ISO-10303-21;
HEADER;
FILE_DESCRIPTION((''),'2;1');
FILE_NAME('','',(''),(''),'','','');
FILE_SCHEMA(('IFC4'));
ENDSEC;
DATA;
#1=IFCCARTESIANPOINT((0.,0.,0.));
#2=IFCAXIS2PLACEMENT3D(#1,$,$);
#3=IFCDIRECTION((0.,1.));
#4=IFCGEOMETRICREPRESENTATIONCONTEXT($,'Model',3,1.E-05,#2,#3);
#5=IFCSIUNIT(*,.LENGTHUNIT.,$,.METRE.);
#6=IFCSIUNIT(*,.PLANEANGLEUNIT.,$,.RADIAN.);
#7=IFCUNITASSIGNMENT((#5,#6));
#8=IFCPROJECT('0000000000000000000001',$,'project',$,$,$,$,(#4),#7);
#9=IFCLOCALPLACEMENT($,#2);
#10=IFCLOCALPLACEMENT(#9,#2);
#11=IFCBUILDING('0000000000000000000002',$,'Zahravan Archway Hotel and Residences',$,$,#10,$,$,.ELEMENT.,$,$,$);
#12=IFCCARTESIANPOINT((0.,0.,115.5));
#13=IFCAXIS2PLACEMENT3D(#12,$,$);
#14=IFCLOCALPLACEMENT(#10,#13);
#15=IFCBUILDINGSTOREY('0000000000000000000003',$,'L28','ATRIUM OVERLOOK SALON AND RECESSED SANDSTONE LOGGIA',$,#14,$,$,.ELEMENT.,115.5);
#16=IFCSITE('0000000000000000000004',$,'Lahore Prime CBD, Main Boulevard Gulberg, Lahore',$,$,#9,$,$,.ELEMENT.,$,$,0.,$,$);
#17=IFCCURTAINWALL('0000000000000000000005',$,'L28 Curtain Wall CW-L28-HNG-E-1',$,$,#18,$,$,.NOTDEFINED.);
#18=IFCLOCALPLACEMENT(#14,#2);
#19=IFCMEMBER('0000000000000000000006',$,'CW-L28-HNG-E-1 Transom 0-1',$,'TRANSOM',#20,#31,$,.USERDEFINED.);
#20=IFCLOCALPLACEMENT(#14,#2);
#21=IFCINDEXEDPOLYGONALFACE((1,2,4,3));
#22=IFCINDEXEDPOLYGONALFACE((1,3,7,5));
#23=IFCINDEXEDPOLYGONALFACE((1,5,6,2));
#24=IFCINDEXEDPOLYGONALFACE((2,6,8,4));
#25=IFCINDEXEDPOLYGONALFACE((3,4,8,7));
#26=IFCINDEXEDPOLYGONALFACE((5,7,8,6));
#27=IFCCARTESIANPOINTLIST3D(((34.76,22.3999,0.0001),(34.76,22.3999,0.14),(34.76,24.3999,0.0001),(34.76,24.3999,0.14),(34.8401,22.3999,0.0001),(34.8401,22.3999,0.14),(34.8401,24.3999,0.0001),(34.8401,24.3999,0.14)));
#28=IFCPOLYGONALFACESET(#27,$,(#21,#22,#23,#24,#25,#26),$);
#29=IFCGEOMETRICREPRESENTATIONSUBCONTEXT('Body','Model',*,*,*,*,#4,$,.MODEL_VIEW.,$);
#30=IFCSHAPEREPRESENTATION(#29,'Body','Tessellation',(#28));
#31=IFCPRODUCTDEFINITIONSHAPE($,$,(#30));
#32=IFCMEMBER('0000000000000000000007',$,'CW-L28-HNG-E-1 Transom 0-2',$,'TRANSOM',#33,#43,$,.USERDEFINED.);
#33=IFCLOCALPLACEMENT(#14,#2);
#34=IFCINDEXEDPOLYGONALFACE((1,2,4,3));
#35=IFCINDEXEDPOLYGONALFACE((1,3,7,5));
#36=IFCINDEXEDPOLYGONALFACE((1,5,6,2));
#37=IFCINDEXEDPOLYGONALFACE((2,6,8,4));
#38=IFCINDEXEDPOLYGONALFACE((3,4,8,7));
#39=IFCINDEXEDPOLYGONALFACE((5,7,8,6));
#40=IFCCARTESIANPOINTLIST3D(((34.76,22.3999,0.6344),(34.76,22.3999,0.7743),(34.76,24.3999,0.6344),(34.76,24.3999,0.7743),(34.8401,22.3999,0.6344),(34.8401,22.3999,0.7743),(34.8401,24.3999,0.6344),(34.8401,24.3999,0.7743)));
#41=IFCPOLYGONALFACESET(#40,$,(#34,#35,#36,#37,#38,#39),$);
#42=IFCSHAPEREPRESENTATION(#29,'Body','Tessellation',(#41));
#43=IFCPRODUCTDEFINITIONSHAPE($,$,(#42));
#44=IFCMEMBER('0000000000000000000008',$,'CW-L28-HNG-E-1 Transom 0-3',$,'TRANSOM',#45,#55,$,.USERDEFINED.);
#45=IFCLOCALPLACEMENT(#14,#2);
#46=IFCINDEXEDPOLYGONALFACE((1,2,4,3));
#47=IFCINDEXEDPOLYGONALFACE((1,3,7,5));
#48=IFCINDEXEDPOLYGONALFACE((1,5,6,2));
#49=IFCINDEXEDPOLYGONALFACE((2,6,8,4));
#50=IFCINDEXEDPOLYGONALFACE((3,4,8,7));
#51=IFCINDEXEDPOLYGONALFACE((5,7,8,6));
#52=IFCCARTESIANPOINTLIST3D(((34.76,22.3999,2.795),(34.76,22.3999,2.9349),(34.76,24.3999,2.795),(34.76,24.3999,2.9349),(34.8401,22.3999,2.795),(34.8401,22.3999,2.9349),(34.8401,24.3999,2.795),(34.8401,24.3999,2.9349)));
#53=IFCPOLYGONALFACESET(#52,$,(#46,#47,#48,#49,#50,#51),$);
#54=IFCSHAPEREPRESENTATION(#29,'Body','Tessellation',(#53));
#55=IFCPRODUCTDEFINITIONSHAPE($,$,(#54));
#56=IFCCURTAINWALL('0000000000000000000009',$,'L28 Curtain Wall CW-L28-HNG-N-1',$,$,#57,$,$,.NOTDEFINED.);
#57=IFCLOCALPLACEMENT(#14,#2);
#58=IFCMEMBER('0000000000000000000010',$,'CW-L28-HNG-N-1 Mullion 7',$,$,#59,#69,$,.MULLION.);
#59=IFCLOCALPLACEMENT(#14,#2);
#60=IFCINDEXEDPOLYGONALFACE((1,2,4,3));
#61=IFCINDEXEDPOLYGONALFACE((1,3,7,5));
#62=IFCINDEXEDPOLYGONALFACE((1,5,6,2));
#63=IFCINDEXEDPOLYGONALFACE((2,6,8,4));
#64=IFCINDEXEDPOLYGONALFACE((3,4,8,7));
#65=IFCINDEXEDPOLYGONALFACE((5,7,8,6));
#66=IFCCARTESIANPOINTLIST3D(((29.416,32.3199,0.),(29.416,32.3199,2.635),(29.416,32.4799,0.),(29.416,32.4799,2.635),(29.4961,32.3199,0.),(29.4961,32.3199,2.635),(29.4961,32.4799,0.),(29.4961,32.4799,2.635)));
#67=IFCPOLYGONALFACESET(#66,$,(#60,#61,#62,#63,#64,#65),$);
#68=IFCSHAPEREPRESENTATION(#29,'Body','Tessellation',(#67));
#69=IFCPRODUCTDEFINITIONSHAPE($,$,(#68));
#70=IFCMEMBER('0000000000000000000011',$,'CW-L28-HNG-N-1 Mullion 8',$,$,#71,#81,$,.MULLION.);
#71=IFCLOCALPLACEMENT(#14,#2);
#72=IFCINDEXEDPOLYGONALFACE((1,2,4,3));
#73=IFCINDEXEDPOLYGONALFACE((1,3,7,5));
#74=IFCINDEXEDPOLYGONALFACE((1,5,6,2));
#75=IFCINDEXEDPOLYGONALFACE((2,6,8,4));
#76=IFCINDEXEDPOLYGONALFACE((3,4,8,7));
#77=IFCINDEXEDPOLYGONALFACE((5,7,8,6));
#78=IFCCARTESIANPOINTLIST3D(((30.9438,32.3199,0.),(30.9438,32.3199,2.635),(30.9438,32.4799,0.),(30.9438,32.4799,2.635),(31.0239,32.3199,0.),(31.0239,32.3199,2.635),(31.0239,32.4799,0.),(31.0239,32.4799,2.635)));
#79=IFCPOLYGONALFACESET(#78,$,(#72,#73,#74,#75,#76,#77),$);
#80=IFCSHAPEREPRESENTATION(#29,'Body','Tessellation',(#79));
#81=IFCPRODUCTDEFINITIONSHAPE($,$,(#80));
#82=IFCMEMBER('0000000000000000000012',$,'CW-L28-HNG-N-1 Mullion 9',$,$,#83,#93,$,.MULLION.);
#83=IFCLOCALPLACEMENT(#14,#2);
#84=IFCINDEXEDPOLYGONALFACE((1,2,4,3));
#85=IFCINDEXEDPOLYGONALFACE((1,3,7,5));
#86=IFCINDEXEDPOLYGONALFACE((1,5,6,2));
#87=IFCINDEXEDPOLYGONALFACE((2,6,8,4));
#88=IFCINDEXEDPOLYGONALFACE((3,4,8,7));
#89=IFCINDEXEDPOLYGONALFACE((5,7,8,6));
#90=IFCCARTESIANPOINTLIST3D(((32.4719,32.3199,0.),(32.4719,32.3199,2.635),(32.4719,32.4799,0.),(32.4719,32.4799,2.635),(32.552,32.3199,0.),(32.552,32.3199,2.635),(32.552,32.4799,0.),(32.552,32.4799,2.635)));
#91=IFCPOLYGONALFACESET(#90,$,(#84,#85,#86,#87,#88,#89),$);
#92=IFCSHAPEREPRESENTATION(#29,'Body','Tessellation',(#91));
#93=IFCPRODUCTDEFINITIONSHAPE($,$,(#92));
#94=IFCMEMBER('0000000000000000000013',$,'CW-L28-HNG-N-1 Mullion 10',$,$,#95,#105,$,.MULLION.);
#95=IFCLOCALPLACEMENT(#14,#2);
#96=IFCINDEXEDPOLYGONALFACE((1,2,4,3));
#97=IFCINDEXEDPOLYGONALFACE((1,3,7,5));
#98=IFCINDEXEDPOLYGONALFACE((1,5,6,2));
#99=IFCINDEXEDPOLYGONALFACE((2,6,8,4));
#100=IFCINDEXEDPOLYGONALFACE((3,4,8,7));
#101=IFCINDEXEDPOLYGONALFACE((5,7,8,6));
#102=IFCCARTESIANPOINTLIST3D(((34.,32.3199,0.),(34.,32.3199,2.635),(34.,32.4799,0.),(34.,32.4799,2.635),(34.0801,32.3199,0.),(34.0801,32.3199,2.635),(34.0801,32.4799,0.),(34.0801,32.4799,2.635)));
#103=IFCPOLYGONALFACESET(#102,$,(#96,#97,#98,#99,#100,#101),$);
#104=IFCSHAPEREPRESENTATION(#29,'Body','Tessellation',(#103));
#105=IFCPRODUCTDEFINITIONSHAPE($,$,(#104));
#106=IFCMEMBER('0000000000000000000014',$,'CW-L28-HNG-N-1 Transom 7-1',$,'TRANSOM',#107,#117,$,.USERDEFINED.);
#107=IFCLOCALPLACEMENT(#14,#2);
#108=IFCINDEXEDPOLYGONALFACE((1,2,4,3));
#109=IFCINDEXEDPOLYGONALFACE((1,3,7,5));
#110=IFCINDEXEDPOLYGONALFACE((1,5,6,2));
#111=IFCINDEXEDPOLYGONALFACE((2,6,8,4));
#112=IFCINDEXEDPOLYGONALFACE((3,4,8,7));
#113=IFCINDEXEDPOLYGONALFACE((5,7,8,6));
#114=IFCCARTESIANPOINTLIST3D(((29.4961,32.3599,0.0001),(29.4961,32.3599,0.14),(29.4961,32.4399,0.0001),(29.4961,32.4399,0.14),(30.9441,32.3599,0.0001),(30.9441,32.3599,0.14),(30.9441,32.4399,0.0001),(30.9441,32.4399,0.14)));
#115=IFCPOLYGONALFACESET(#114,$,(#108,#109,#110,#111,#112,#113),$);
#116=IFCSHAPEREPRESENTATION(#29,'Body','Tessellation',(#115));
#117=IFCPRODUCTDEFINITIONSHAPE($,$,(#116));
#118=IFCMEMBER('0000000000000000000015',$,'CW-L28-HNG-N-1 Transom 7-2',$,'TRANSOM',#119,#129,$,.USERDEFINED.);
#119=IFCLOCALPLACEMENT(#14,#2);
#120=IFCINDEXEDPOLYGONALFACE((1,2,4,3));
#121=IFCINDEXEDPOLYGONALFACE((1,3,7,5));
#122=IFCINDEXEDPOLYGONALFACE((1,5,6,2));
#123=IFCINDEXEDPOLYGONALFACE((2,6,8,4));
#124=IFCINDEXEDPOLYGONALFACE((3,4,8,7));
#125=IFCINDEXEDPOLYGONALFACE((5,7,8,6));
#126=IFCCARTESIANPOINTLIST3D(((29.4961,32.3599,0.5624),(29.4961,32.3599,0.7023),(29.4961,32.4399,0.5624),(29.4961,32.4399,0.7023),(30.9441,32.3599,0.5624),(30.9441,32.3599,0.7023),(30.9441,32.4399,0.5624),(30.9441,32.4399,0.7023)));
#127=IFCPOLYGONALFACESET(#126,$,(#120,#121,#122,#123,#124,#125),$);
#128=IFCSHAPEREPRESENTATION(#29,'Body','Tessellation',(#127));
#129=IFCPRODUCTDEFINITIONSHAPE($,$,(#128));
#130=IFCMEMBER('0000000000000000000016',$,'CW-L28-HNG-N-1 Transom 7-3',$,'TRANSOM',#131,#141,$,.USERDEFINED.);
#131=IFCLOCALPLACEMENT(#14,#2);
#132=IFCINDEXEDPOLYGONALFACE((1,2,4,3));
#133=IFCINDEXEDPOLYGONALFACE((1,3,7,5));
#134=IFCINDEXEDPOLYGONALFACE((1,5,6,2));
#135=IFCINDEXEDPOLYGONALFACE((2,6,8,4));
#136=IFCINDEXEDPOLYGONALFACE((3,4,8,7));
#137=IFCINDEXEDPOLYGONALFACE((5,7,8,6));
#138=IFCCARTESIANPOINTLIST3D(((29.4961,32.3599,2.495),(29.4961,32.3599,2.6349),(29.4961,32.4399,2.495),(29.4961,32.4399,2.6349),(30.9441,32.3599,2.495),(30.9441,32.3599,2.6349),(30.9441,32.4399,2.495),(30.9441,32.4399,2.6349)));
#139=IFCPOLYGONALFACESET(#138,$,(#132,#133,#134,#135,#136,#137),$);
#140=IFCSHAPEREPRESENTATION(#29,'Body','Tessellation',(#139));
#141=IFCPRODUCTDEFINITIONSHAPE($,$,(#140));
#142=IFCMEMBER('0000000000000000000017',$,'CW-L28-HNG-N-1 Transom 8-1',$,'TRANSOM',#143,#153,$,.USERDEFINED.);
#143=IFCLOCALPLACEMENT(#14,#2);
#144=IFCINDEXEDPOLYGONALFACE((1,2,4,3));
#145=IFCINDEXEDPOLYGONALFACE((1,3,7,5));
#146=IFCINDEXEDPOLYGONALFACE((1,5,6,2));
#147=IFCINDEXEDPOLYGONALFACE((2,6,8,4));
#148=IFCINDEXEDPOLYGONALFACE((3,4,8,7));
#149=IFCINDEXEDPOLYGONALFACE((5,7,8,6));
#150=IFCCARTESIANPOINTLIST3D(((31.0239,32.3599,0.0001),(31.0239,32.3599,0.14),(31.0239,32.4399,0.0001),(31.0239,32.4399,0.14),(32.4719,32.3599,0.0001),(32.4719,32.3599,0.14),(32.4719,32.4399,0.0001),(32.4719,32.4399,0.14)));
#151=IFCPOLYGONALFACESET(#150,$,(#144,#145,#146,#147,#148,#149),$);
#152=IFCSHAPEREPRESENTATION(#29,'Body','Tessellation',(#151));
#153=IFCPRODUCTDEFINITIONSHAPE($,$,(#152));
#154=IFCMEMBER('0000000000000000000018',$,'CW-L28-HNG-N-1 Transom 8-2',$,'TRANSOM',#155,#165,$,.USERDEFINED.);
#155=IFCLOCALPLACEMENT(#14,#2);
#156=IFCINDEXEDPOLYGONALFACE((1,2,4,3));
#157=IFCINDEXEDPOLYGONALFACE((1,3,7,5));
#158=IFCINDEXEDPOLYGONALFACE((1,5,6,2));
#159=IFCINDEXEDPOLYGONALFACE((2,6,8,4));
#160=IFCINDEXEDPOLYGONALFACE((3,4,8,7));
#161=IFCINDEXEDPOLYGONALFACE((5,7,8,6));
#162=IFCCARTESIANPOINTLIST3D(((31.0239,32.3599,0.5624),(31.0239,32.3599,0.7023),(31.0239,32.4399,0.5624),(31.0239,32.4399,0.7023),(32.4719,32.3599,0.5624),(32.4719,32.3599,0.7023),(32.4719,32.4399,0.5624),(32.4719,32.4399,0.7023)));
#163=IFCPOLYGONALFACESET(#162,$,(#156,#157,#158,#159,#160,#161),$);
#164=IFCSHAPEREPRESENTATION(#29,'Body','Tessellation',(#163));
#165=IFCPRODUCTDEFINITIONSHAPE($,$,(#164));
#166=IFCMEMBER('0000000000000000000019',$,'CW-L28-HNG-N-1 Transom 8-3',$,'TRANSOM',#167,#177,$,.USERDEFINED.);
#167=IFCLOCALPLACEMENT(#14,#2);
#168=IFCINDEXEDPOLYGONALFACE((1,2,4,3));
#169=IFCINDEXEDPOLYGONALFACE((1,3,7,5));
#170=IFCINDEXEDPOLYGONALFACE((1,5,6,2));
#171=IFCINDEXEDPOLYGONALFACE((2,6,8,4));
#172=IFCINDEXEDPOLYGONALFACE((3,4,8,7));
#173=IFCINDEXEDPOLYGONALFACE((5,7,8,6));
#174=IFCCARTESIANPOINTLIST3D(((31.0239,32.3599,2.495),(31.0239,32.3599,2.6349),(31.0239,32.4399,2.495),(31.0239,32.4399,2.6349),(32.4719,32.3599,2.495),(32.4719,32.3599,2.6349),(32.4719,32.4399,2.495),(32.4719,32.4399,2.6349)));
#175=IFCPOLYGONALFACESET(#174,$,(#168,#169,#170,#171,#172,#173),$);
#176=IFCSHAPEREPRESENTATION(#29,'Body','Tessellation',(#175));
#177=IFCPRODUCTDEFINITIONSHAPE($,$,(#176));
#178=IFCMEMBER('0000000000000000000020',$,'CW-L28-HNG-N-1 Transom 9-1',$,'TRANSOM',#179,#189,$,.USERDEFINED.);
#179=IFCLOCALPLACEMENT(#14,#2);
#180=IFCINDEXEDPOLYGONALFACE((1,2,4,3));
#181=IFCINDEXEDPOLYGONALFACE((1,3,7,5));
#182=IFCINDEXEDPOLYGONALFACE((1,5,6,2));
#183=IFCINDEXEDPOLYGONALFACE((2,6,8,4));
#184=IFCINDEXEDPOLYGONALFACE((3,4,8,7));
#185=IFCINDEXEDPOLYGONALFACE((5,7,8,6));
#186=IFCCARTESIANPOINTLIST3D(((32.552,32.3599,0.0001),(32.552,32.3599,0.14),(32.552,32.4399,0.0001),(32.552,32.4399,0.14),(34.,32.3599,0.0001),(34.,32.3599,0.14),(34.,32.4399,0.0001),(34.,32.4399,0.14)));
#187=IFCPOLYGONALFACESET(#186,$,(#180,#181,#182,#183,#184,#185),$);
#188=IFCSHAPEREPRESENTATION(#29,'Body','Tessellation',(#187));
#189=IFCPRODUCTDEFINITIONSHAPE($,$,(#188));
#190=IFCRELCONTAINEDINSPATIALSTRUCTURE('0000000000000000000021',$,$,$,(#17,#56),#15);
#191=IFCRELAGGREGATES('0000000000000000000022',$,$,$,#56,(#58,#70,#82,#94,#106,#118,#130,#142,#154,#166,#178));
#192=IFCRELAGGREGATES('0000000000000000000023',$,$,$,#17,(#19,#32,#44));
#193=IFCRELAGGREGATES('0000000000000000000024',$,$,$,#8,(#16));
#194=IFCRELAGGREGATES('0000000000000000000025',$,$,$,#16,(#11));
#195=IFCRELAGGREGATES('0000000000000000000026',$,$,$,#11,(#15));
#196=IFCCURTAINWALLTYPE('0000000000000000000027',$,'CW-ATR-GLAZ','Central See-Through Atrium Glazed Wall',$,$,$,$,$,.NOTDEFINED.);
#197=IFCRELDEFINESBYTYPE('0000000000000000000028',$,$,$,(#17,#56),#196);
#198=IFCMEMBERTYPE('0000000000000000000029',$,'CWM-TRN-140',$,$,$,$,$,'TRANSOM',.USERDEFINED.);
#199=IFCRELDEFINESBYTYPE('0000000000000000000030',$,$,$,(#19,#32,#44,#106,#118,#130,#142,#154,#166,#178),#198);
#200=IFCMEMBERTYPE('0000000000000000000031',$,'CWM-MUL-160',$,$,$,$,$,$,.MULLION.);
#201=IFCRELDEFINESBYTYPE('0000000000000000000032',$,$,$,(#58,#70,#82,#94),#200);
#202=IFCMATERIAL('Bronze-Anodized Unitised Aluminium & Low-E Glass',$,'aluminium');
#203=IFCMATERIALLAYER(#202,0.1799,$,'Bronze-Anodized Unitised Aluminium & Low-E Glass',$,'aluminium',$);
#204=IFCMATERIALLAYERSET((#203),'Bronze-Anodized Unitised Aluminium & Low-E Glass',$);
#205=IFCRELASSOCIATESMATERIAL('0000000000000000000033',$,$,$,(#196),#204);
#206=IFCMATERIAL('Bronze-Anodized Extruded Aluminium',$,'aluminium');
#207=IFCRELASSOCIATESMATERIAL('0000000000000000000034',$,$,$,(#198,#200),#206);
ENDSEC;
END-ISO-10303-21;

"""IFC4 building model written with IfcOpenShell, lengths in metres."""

from ifc_helpers import new_model, si_unit, direction, frame, origin, origin_2d, place, context, subcontext, project, spatial, rectangle, extrude, source, transform, mapped, material, layer, layer_set, material_profile, profile_set, type_object, element, aggregate, save


model = new_model("IFC4")

# Units and contexts
model_context = context("Model", 3, precision=1e-05, world=origin(), true_north=direction((0.0, 1.0)))
body_context = subcontext(model_context, "Body", "Model", "MODEL_VIEW")
ifc_project = project(units=[si_unit("LENGTHUNIT", "METRE"), si_unit("PLANEANGLEUNIT", "RADIAN")], contexts=[model_context])

# Site, building, storey
site_placement = place(None, origin())
site = spatial("IfcSite", under=ifc_project, at=site_placement, Name="Lahore Prime CBD, Main Boulevard Gulberg, Lahore", CompositionType="ELEMENT", RefElevation=0.0)
building_placement = place(site_placement, origin())
building = spatial("IfcBuilding", under=site, at=building_placement, Name="Zahravan Archway Hotel and Residences", CompositionType="ELEMENT")
storey_placement = place(building_placement, frame((0.0, 0.0, 115.5)))
storey = spatial("IfcBuildingStorey", under=building, at=storey_placement, Name="L28", Description="ATRIUM OVERLOOK SALON AND RECESSED SANDSTONE LOGGIA", CompositionType="ELEMENT", Elevation=115.5)

# Curtain walls, members
ifc_material_1 = material(Name="Bronze-Anodized Unitised Aluminium & Low-E Glass", Category="aluminium")
ifc_layer_1 = layer(ifc_material_1, 0.1799, Name="Bronze-Anodized Unitised Aluminium & Low-E Glass", Category="aluminium")
ifc_layer_set_1 = layer_set([ifc_layer_1], Name="Bronze-Anodized Unitised Aluminium & Low-E Glass")
curtain_wall_type = type_object("IfcCurtainWallType", Name="CW-ATR-GLAZ", Description="Central See-Through Atrium Glazed Wall", PredefinedType="NOTDEFINED", material=ifc_layer_set_1)
curtain_wall_1_placement = place(storey_placement, origin())
curtain_wall_1 = element("IfcCurtainWall", 1, at=curtain_wall_1_placement, inside=storey, type_object=curtain_wall_type, Name="L28 Curtain Wall CW-L28-HNG-E-1", PredefinedType="NOTDEFINED")
ifc_material_2 = material(Name="Bronze-Anodized Extruded Aluminium", Category="aluminium")
ifc_material_profile_1 = material_profile(ifc_material_2, rectangle(XDim=0.0801, YDim=0.1399, at=origin_2d()), Name="TRN 80x140", Category="aluminium")
ifc_profile_set_1 = profile_set([ifc_material_profile_1], Name="Bronze-Anodized Extruded Aluminium")
member_type_1 = type_object("IfcMemberType", Name="CWM-TRN-140", ElementType="TRANSOM", PredefinedType="USERDEFINED", material=ifc_profile_set_1)
shared_shape_1 = source(origin(), body_context, "Body", "SweptSolid", [
    extrude(rectangle(XDim=0.0801, YDim=0.1399, at=origin_2d()), origin(), (0.0, 0.0, 1.0), 2.0),
])
member_1_placement = place(storey_placement, frame((34.8, 22.3999, 0.0701), z_axis=(0.0, 1.0, 0.0), x_axis=(-1.0, 0.0, 0.0)))
member_1 = element("IfcMember", 2, at=member_1_placement, type_object=member_type_1, Name="CW-L28-HNG-E-1 Transom 0-1", ObjectType="TRANSOM", PredefinedType="USERDEFINED", context=body_context, shape_type="MappedRepresentation", body=[
    mapped(shared_shape_1, transform((0.0, 0.0, 0.0), scale=1.0)),
])
member_2_placement = place(storey_placement, frame((34.8, 22.3999, 0.7043), z_axis=(0.0, 1.0, 0.0), x_axis=(-1.0, 0.0, 0.0)))
member_2 = element("IfcMember", 3, at=member_2_placement, type_object=member_type_1, Name="CW-L28-HNG-E-1 Transom 0-2", ObjectType="TRANSOM", PredefinedType="USERDEFINED", context=body_context, shape_type="MappedRepresentation", body=[
    mapped(shared_shape_1, transform((0.0, 0.0, 0.0), scale=1.0)),
])
member_3_placement = place(storey_placement, frame((34.8, 22.3999, 2.865), z_axis=(0.0, 1.0, 0.0), x_axis=(-1.0, 0.0, 0.0)))
member_3 = element("IfcMember", 4, at=member_3_placement, type_object=member_type_1, Name="CW-L28-HNG-E-1 Transom 0-3", ObjectType="TRANSOM", PredefinedType="USERDEFINED", context=body_context, shape_type="MappedRepresentation", body=[
    mapped(shared_shape_1, transform((0.0, 0.0, 0.0), scale=1.0)),
])
curtain_wall_2_placement = place(storey_placement, origin())
curtain_wall_2 = element("IfcCurtainWall", 5, at=curtain_wall_2_placement, inside=storey, type_object=curtain_wall_type, Name="L28 Curtain Wall CW-L28-HNG-N-1", PredefinedType="NOTDEFINED")
ifc_material_profile_2 = material_profile(ifc_material_2, rectangle(XDim=0.0801, YDim=0.1599, at=origin_2d()), Name="MUL 80x160", Category="aluminium")
ifc_profile_set_2 = profile_set([ifc_material_profile_2], Name="Bronze-Anodized Extruded Aluminium")
member_type_2 = type_object("IfcMemberType", Name="CWM-MUL-160", PredefinedType="MULLION", material=ifc_profile_set_2)
shared_shape_2 = source(origin(), body_context, "Body", "SweptSolid", [
    extrude(rectangle(XDim=0.0801, YDim=0.1599, at=origin_2d()), origin(), (0.0, 0.0, 1.0), 2.635),
])
member_4_placement = place(storey_placement, frame((29.4561, 32.3999, 0.0), z_axis=(0.0, 0.0, 1.0), x_axis=(1.0, 0.0, 0.0)))
member_4 = element("IfcMember", 6, at=member_4_placement, type_object=member_type_2, Name="CW-L28-HNG-N-1 Mullion 7", PredefinedType="MULLION", context=body_context, shape_type="MappedRepresentation", body=[
    mapped(shared_shape_2, transform((0.0, 0.0, 0.0), scale=1.0)),
])
member_5_placement = place(storey_placement, frame((30.9839, 32.3999, 0.0), z_axis=(0.0, 0.0, 1.0), x_axis=(1.0, 0.0, 0.0)))
member_5 = element("IfcMember", 7, at=member_5_placement, type_object=member_type_2, Name="CW-L28-HNG-N-1 Mullion 8", PredefinedType="MULLION", context=body_context, shape_type="MappedRepresentation", body=[
    mapped(shared_shape_2, transform((0.0, 0.0, 0.0), scale=1.0)),
])
member_6_placement = place(storey_placement, frame((32.512, 32.3999, 0.0), z_axis=(0.0, 0.0, 1.0), x_axis=(1.0, 0.0, 0.0)))
member_6 = element("IfcMember", 8, at=member_6_placement, type_object=member_type_2, Name="CW-L28-HNG-N-1 Mullion 9", PredefinedType="MULLION", context=body_context, shape_type="MappedRepresentation", body=[
    mapped(shared_shape_2, transform((0.0, 0.0, 0.0), scale=1.0)),
])
member_7_placement = place(storey_placement, frame((34.04, 32.3999, 0.0), z_axis=(0.0, 0.0, 1.0), x_axis=(1.0, 0.0, 0.0)))
member_7 = element("IfcMember", 9, at=member_7_placement, type_object=member_type_2, Name="CW-L28-HNG-N-1 Mullion 10", PredefinedType="MULLION", context=body_context, shape_type="MappedRepresentation", body=[
    mapped(shared_shape_2, transform((0.0, 0.0, 0.0), scale=1.0)),
])
shared_shape_3 = source(origin(), body_context, "Body", "SweptSolid", [
    extrude(rectangle(XDim=0.0801, YDim=0.1399, at=origin_2d()), origin(), (0.0, 0.0, 1.0), 1.448),
])
member_8_placement = place(storey_placement, frame((29.4961, 32.3999, 0.0701), z_axis=(1.0, 0.0, 0.0), x_axis=(0.0, 1.0, 0.0)))
member_8 = element("IfcMember", 10, at=member_8_placement, type_object=member_type_1, Name="CW-L28-HNG-N-1 Transom 7-1", ObjectType="TRANSOM", PredefinedType="USERDEFINED", context=body_context, shape_type="MappedRepresentation", body=[
    mapped(shared_shape_3, transform((0.0, 0.0, 0.0), scale=1.0)),
])
member_9_placement = place(storey_placement, frame((29.4961, 32.3999, 0.6323), z_axis=(1.0, 0.0, 0.0), x_axis=(0.0, 1.0, 0.0)))
member_9 = element("IfcMember", 11, at=member_9_placement, type_object=member_type_1, Name="CW-L28-HNG-N-1 Transom 7-2", ObjectType="TRANSOM", PredefinedType="USERDEFINED", context=body_context, shape_type="MappedRepresentation", body=[
    mapped(shared_shape_3, transform((0.0, 0.0, 0.0), scale=1.0)),
])
member_10_placement = place(storey_placement, frame((29.4961, 32.3999, 2.5649), z_axis=(1.0, 0.0, 0.0), x_axis=(0.0, 1.0, 0.0)))
member_10 = element("IfcMember", 12, at=member_10_placement, type_object=member_type_1, Name="CW-L28-HNG-N-1 Transom 7-3", ObjectType="TRANSOM", PredefinedType="USERDEFINED", context=body_context, shape_type="MappedRepresentation", body=[
    mapped(shared_shape_3, transform((0.0, 0.0, 0.0), scale=1.0)),
])
member_11_placement = place(storey_placement, frame((31.0239, 32.3999, 0.0701), z_axis=(1.0, 0.0, 0.0), x_axis=(0.0, 1.0, 0.0)))
member_11 = element("IfcMember", 13, at=member_11_placement, type_object=member_type_1, Name="CW-L28-HNG-N-1 Transom 8-1", ObjectType="TRANSOM", PredefinedType="USERDEFINED", context=body_context, shape_type="MappedRepresentation", body=[
    mapped(shared_shape_3, transform((0.0, 0.0, 0.0), scale=1.0)),
])
member_12_placement = place(storey_placement, frame((31.0239, 32.3999, 0.6323), z_axis=(1.0, 0.0, 0.0), x_axis=(0.0, 1.0, 0.0)))
member_12 = element("IfcMember", 14, at=member_12_placement, type_object=member_type_1, Name="CW-L28-HNG-N-1 Transom 8-2", ObjectType="TRANSOM", PredefinedType="USERDEFINED", context=body_context, shape_type="MappedRepresentation", body=[
    mapped(shared_shape_3, transform((0.0, 0.0, 0.0), scale=1.0)),
])
member_13_placement = place(storey_placement, frame((31.0239, 32.3999, 2.5649), z_axis=(1.0, 0.0, 0.0), x_axis=(0.0, 1.0, 0.0)))
member_13 = element("IfcMember", 15, at=member_13_placement, type_object=member_type_1, Name="CW-L28-HNG-N-1 Transom 8-3", ObjectType="TRANSOM", PredefinedType="USERDEFINED", context=body_context, shape_type="MappedRepresentation", body=[
    mapped(shared_shape_3, transform((0.0, 0.0, 0.0), scale=1.0)),
])
member_14_placement = place(storey_placement, frame((32.552, 32.3999, 0.0701), z_axis=(1.0, 0.0, 0.0), x_axis=(0.0, 1.0, 0.0)))
member_14 = element("IfcMember", 16, at=member_14_placement, type_object=member_type_1, Name="CW-L28-HNG-N-1 Transom 9-1", ObjectType="TRANSOM", PredefinedType="USERDEFINED", context=body_context, shape_type="MappedRepresentation", body=[
    mapped(shared_shape_3, transform((0.0, 0.0, 0.0), scale=1.0)),
])

aggregate(curtain_wall_2, [member_4, member_5, member_6, member_7, member_8, member_9, member_10, member_11, member_12, member_13, member_14])
aggregate(curtain_wall_1, [member_1, member_2, member_3])

save(model, "model.ifc")
